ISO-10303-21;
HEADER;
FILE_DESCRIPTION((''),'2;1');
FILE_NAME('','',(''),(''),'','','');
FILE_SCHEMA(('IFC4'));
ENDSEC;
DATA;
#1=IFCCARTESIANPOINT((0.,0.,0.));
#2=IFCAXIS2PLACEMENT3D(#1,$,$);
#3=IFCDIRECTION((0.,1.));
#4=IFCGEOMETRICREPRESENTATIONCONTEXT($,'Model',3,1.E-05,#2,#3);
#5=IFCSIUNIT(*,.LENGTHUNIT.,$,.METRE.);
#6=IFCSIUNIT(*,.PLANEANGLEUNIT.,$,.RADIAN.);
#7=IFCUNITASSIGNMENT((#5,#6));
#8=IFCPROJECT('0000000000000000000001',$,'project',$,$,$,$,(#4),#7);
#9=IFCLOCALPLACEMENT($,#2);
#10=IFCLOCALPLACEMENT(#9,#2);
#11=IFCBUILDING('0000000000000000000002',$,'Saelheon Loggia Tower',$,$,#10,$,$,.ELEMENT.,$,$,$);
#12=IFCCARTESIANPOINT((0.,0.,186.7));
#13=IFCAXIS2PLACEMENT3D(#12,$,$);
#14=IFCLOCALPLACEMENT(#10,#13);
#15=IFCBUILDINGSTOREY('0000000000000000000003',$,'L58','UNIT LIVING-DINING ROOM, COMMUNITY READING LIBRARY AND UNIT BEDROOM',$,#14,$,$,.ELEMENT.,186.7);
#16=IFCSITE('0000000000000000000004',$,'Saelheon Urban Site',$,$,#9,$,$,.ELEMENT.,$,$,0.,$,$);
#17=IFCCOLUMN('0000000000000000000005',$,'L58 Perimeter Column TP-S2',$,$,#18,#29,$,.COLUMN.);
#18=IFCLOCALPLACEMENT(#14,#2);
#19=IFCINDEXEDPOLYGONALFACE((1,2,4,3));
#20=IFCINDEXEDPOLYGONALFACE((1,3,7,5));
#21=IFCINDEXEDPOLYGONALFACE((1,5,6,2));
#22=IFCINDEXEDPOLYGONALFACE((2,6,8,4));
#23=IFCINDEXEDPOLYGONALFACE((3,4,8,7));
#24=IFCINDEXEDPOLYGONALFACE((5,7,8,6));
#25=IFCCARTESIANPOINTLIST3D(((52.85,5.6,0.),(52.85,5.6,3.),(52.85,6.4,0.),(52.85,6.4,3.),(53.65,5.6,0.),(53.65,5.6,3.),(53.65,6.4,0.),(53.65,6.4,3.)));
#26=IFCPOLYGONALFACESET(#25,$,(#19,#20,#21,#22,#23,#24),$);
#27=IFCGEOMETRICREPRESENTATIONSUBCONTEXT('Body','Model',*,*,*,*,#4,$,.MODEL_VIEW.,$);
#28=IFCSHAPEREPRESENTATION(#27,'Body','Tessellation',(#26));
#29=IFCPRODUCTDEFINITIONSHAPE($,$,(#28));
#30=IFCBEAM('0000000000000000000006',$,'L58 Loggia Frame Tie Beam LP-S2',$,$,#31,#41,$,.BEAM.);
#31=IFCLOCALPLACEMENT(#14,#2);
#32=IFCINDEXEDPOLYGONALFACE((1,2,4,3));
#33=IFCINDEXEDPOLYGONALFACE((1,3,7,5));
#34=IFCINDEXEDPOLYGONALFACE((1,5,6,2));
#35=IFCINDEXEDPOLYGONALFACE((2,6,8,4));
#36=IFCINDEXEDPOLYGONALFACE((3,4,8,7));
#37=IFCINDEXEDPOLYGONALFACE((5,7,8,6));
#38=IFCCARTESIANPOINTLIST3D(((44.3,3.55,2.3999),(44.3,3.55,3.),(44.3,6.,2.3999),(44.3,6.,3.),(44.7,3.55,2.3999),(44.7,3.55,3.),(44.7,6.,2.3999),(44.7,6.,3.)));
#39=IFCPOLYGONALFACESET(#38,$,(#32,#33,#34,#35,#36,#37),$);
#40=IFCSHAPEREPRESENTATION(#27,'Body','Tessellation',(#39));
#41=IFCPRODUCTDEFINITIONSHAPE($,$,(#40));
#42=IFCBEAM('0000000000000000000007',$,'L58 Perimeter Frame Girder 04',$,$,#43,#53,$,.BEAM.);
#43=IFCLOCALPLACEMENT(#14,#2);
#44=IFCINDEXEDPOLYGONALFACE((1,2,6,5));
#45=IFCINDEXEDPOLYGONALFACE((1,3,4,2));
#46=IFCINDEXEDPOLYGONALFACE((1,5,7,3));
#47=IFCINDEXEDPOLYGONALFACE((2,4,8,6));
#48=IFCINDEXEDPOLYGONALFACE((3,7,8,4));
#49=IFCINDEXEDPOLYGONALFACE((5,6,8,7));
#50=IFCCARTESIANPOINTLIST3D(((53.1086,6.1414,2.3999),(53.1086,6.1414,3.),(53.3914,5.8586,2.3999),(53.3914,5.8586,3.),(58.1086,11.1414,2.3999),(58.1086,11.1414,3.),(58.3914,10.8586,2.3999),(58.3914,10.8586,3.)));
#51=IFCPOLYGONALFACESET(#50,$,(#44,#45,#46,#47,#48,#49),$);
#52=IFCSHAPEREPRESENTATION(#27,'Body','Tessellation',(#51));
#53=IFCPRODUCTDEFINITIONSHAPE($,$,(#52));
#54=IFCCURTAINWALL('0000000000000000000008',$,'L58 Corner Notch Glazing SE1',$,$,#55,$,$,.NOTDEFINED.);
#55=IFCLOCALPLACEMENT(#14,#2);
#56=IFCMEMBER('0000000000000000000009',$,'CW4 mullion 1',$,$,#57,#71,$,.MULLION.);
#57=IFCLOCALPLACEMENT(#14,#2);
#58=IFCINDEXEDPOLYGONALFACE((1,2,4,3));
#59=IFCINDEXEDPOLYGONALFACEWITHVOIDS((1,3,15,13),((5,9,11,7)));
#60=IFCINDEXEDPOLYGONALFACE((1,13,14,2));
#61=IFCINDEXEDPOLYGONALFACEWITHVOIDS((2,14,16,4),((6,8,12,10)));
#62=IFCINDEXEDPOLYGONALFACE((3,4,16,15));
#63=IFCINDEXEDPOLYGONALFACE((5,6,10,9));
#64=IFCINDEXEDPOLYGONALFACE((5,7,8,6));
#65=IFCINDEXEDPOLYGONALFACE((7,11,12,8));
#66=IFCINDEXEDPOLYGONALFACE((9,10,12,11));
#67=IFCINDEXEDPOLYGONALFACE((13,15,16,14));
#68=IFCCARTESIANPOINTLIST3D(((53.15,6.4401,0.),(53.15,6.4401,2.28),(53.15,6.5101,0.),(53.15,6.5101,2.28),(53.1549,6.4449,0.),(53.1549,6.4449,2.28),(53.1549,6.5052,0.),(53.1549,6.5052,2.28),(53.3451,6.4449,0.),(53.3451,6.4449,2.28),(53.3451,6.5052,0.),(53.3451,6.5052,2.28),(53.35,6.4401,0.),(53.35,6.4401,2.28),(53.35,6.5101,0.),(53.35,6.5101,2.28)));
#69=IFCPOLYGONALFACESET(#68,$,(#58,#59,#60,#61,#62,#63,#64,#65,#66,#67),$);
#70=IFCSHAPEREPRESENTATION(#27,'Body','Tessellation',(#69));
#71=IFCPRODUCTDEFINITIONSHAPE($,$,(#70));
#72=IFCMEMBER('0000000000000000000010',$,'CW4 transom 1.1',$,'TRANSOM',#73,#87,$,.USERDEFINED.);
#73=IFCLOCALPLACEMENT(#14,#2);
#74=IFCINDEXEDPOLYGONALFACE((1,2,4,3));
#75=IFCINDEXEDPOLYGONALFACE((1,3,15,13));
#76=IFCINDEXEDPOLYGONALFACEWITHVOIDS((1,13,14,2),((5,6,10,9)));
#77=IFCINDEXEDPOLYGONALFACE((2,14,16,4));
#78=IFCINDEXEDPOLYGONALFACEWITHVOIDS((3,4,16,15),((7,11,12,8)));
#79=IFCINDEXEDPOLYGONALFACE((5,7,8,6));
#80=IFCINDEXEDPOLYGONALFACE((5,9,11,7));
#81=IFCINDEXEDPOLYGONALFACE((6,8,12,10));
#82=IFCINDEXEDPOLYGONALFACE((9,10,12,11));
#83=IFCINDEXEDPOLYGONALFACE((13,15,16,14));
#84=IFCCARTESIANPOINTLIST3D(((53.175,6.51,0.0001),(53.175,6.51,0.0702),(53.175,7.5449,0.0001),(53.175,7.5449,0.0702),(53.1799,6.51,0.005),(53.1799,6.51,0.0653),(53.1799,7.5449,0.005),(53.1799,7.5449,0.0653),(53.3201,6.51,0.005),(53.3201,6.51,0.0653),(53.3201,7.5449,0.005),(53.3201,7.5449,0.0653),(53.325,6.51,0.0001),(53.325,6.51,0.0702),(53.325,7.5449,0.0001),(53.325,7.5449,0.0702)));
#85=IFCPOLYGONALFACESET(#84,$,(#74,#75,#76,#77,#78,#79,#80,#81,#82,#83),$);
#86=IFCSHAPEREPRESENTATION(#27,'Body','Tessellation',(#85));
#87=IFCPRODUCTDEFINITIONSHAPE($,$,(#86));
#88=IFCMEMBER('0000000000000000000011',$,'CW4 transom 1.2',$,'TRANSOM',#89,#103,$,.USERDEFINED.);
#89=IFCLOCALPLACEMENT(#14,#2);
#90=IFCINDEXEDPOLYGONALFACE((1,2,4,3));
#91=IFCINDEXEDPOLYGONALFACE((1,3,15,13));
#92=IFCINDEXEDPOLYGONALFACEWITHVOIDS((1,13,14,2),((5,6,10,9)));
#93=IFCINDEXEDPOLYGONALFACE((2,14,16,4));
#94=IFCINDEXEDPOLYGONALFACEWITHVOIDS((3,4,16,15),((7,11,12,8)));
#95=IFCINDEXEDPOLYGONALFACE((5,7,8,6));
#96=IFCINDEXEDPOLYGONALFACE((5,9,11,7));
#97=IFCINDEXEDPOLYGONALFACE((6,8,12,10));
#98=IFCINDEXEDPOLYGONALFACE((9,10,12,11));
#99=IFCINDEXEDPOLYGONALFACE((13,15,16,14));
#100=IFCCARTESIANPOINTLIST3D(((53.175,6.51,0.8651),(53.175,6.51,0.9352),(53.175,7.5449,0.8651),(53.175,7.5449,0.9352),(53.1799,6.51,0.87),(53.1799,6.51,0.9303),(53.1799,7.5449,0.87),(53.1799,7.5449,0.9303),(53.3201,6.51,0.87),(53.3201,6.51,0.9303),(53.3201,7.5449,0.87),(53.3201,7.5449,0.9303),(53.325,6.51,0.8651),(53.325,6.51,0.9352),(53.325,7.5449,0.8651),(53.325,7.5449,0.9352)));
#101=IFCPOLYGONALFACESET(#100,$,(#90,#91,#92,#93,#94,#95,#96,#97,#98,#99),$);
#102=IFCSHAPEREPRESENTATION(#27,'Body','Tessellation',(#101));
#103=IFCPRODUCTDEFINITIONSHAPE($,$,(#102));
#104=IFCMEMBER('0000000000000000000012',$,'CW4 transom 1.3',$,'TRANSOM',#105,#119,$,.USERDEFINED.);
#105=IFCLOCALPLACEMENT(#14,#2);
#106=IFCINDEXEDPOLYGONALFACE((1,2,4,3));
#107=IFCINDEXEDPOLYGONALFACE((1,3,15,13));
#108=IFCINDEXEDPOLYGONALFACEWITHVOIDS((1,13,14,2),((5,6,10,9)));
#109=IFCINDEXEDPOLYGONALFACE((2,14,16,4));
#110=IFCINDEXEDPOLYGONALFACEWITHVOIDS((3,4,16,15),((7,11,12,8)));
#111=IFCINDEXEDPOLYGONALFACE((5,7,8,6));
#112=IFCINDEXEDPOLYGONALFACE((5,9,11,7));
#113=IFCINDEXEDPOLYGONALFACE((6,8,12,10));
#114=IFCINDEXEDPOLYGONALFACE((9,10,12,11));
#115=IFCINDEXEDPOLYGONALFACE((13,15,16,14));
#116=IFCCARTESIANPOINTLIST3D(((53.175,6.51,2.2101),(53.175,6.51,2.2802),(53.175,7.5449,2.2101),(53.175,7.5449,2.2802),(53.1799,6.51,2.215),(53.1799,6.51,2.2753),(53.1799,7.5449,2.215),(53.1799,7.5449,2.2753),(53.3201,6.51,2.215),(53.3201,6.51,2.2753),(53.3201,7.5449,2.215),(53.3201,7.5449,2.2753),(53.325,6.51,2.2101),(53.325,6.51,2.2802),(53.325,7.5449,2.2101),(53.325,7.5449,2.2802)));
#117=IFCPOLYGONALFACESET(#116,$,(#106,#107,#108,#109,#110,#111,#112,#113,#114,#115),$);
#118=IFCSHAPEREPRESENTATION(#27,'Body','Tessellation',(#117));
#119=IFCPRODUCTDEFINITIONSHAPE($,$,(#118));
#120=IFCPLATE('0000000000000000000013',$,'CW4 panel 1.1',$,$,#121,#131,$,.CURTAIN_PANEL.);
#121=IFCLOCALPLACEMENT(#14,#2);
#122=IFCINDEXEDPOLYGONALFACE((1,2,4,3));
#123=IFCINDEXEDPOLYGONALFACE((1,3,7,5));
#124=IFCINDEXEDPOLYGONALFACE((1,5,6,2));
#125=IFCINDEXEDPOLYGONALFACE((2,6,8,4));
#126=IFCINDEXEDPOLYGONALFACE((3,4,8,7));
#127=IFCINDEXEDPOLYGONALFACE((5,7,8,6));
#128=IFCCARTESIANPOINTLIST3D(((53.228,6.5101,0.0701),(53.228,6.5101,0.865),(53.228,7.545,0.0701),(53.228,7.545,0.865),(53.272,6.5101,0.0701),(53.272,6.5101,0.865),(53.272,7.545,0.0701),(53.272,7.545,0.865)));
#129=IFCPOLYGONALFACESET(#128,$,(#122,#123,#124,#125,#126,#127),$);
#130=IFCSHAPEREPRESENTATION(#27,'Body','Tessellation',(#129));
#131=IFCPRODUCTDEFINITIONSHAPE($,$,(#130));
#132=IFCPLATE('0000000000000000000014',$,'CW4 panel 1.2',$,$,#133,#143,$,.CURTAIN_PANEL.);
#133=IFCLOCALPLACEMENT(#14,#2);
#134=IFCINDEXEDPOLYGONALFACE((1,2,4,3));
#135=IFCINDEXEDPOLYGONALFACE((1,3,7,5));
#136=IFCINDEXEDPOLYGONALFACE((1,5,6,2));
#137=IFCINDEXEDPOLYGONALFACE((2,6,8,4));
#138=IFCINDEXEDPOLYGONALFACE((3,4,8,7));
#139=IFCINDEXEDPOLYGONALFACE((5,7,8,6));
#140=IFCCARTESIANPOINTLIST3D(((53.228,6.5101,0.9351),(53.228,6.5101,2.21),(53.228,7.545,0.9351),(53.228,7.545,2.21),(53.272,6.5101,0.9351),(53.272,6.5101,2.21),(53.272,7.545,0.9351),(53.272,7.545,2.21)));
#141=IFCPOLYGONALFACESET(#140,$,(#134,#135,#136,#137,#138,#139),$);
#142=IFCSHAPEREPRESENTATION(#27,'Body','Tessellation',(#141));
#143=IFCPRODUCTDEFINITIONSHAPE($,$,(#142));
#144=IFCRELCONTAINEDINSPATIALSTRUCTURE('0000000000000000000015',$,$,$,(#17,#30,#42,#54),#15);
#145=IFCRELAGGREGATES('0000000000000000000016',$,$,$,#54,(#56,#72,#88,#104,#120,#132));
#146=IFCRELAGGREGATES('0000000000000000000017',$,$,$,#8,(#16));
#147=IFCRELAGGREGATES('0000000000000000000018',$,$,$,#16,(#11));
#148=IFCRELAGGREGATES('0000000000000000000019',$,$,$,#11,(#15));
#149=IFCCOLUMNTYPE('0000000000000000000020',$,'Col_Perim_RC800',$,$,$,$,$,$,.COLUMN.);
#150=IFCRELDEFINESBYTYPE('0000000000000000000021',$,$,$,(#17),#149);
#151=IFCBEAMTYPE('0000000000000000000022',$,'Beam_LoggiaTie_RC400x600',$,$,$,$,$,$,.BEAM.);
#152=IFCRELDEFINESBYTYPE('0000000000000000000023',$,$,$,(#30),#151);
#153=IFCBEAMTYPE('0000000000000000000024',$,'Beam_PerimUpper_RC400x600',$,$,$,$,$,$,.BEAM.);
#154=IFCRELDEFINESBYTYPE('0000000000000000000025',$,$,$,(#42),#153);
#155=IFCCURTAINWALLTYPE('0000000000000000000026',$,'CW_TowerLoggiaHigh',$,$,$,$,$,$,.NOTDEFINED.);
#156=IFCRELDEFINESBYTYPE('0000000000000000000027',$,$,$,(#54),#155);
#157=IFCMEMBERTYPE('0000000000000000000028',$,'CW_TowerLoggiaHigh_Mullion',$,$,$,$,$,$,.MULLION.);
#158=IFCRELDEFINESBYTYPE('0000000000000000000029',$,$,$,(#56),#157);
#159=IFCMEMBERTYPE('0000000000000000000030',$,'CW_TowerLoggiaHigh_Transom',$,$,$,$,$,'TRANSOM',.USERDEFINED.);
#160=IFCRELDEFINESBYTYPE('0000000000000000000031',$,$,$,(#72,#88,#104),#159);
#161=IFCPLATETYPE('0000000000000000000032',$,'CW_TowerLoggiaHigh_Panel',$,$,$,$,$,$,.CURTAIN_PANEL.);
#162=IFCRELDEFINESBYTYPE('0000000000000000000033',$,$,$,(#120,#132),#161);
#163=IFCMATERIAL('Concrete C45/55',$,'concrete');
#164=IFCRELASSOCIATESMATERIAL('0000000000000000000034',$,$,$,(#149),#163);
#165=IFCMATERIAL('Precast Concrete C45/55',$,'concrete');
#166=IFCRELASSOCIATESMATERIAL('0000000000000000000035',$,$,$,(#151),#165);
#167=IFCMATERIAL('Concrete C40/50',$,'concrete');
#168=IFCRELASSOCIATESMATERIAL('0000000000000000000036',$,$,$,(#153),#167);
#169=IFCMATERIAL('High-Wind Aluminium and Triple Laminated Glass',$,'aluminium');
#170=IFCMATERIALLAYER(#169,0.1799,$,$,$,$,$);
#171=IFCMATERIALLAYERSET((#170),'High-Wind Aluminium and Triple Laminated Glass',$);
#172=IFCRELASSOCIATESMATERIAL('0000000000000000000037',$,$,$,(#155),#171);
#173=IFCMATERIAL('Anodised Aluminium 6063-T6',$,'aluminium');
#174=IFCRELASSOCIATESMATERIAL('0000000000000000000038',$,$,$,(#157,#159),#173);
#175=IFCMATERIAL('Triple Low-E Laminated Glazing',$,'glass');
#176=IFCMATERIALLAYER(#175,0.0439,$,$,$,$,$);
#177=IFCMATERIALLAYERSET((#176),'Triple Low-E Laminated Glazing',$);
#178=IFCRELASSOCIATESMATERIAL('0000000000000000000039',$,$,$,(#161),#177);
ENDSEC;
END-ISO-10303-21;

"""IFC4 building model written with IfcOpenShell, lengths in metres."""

from ifc_helpers import new_model, si_unit, direction, frame, origin, origin_2d, place, context, subcontext, project, spatial, rectangle, hollow_rectangle, extrude, source, transform, mapped, material, layer, layer_set, material_profile, profile_set, type_object, element, aggregate, save


model = new_model("IFC4")

# Units and contexts
model_context = context("Model", 3, precision=1e-05, world=origin(), true_north=direction((0.0, 1.0)))
body_context = subcontext(model_context, "Body", "Model", "MODEL_VIEW")
ifc_project = project(units=[si_unit("LENGTHUNIT", "METRE"), si_unit("PLANEANGLEUNIT", "RADIAN")], contexts=[model_context])

# Site, building, storey
site_placement = place(None, origin())
site = spatial("IfcSite", under=ifc_project, at=site_placement, Name="Saelheon Urban Site", CompositionType="ELEMENT", RefElevation=0.0)
building_placement = place(site_placement, origin())
building = spatial("IfcBuilding", under=site, at=building_placement, Name="Saelheon Loggia Tower", CompositionType="ELEMENT")
storey_placement = place(building_placement, frame((0.0, 0.0, 186.7)))
storey = spatial("IfcBuildingStorey", under=building, at=storey_placement, Name="L58", Description="UNIT LIVING-DINING ROOM, COMMUNITY READING LIBRARY AND UNIT BEDROOM", CompositionType="ELEMENT", Elevation=186.7)

# Column
ifc_material_1 = material(Name="Concrete C45/55", Category="concrete")
ifc_material_profile_1 = material_profile(ifc_material_1, rectangle(XDim=0.8, YDim=0.8, at=origin_2d()), Name="RC-800x800")
ifc_profile_set_1 = profile_set([ifc_material_profile_1], Name="Concrete C45/55")
column_type = type_object("IfcColumnType", Name="Col_Perim_RC800", PredefinedType="COLUMN", material=ifc_profile_set_1)
shared_shape_1 = source(origin(), body_context, "Body", "SweptSolid", [
    extrude(rectangle(XDim=0.8, YDim=0.8, at=origin_2d()), origin(), (0.0, 0.0, 1.0), 3.0),
])
column_placement = place(storey_placement, frame((53.25, 6.0, 0.0), z_axis=(0.0, 0.0, 1.0), x_axis=(1.0, 0.0, 0.0)))
element("IfcColumn", 1, at=column_placement, inside=storey, type_object=column_type, Name="L58 Perimeter Column TP-S2", PredefinedType="COLUMN", context=body_context, shape_type="MappedRepresentation", body=[
    mapped(shared_shape_1, transform((0.0, 0.0, 0.0), scale=1.0)),
])

# Beams
ifc_material_2 = material(Name="Precast Concrete C45/55", Category="concrete")
ifc_material_profile_2 = material_profile(ifc_material_2, rectangle(XDim=0.3999, YDim=0.6001, at=origin_2d()), Name="RC-400x600")
ifc_profile_set_2 = profile_set([ifc_material_profile_2], Name="Precast Concrete C45/55")
beam_type_1 = type_object("IfcBeamType", Name="Beam_LoggiaTie_RC400x600", PredefinedType="BEAM", material=ifc_profile_set_2)
shared_shape_2 = source(origin(), body_context, "Body", "SweptSolid", [
    extrude(rectangle(XDim=0.3999, YDim=0.6001, at=origin_2d()), origin(), (0.0, 0.0, 1.0), 2.45),
])
beam_1_placement = place(storey_placement, frame((44.5, 6.0, 2.7), z_axis=(0.0, -1.0, 0.0), x_axis=(1.0, 0.0, 0.0)))
element("IfcBeam", 2, at=beam_1_placement, inside=storey, type_object=beam_type_1, Name="L58 Loggia Frame Tie Beam LP-S2", PredefinedType="BEAM", context=body_context, shape_type="MappedRepresentation", body=[
    mapped(shared_shape_2, transform((0.0, 0.0, 0.0), scale=1.0)),
])
ifc_material_3 = material(Name="Concrete C40/50", Category="concrete")
ifc_material_profile_3 = material_profile(ifc_material_3, rectangle(XDim=0.3999, YDim=0.6001, at=origin_2d()), Name="RC-400x600")
ifc_profile_set_3 = profile_set([ifc_material_profile_3], Name="Concrete C40/50")
beam_type_2 = type_object("IfcBeamType", Name="Beam_PerimUpper_RC400x600", PredefinedType="BEAM", material=ifc_profile_set_3)
shared_shape_3 = source(origin(), body_context, "Body", "SweptSolid", [
    extrude(rectangle(XDim=0.3999, YDim=0.6001, at=origin_2d()), origin(), (0.0, 0.0, 1.0), 7.071),
])
beam_2_placement = place(storey_placement, frame((53.25, 6.0, 2.7), z_axis=(0.707107, 0.707107, 0.0), x_axis=(-0.707107, 0.707107, 0.0)))
element("IfcBeam", 3, at=beam_2_placement, inside=storey, type_object=beam_type_2, Name="L58 Perimeter Frame Girder 04", PredefinedType="BEAM", context=body_context, shape_type="MappedRepresentation", body=[
    mapped(shared_shape_3, transform((0.0, 0.0, 0.0), scale=1.0)),
])

# Curtain wall, members, plates
ifc_material_4 = material(Name="High-Wind Aluminium and Triple Laminated Glass", Category="aluminium")
ifc_layer_1 = layer(ifc_material_4, 0.1799)
ifc_layer_set_1 = layer_set([ifc_layer_1], Name="High-Wind Aluminium and Triple Laminated Glass")
curtain_wall_type = type_object("IfcCurtainWallType", Name="CW_TowerLoggiaHigh", PredefinedType="NOTDEFINED", material=ifc_layer_set_1)
curtain_wall_placement = place(storey_placement, origin())
curtain_wall = element("IfcCurtainWall", 4, at=curtain_wall_placement, inside=storey, type_object=curtain_wall_type, Name="L58 Corner Notch Glazing SE1", PredefinedType="NOTDEFINED")
ifc_material_5 = material(Name="Anodised Aluminium 6063-T6", Category="aluminium")
ifc_material_profile_4 = material_profile(ifc_material_5, hollow_rectangle(XDim=0.0701, YDim=0.2, WallThickness=0.0049, at=origin_2d()), Name="RHS-200x70x5")
ifc_profile_set_4 = profile_set([ifc_material_profile_4], Name="Anodised Aluminium 6063-T6")
member_type_1 = type_object("IfcMemberType", Name="CW_TowerLoggiaHigh_Mullion", PredefinedType="MULLION", material=ifc_profile_set_4)
shared_shape_4 = source(origin(), body_context, "Body", "SweptSolid", [
    extrude(hollow_rectangle(XDim=0.0701, YDim=0.2, WallThickness=0.0049, at=origin_2d()), origin(), (0.0, 0.0, 1.0), 2.28),
])
member_1_placement = place(storey_placement, frame((53.25, 6.4751, 0.0), z_axis=(0.0, 0.0, 1.0), x_axis=(0.0, 1.0, 0.0)))
member_1 = element("IfcMember", 5, at=member_1_placement, type_object=member_type_1, Name="CW4 mullion 1", PredefinedType="MULLION", context=body_context, shape_type="MappedRepresentation", body=[
    mapped(shared_shape_4, transform((0.0, 0.0, 0.0), scale=1.0)),
])
ifc_material_profile_5 = material_profile(ifc_material_5, hollow_rectangle(XDim=0.0701, YDim=0.1499, WallThickness=0.0049, at=origin_2d()), Name="RHS-150x70x5")
ifc_profile_set_5 = profile_set([ifc_material_profile_5], Name="Anodised Aluminium 6063-T6")
member_type_2 = type_object("IfcMemberType", Name="CW_TowerLoggiaHigh_Transom", ElementType="TRANSOM", PredefinedType="USERDEFINED", material=ifc_profile_set_5)
shared_shape_5 = source(origin(), body_context, "Body", "SweptSolid", [
    extrude(hollow_rectangle(XDim=0.0701, YDim=0.1499, WallThickness=0.0049, at=origin_2d()), origin(), (0.0, 0.0, 1.0), 1.0349),
])
member_2_placement = place(storey_placement, frame((53.25, 6.51, 0.0352), z_axis=(0.0, 1.0, 0.0), x_axis=(0.0, 0.0, 1.0)))
member_2 = element("IfcMember", 6, at=member_2_placement, type_object=member_type_2, Name="CW4 transom 1.1", ObjectType="TRANSOM", PredefinedType="USERDEFINED", context=body_context, shape_type="MappedRepresentation", body=[
    mapped(shared_shape_5, transform((0.0, 0.0, 0.0), scale=1.0)),
])
member_3_placement = place(storey_placement, frame((53.25, 6.51, 0.9001), z_axis=(0.0, 1.0, 0.0), x_axis=(0.0, 0.0, 1.0)))
member_3 = element("IfcMember", 7, at=member_3_placement, type_object=member_type_2, Name="CW4 transom 1.2", ObjectType="TRANSOM", PredefinedType="USERDEFINED", context=body_context, shape_type="MappedRepresentation", body=[
    mapped(shared_shape_5, transform((0.0, 0.0, 0.0), scale=1.0)),
])
member_4_placement = place(storey_placement, frame((53.25, 6.51, 2.2451), z_axis=(0.0, 1.0, 0.0), x_axis=(0.0, 0.0, 1.0)))
member_4 = element("IfcMember", 8, at=member_4_placement, type_object=member_type_2, Name="CW4 transom 1.3", ObjectType="TRANSOM", PredefinedType="USERDEFINED", context=body_context, shape_type="MappedRepresentation", body=[
    mapped(shared_shape_5, transform((0.0, 0.0, 0.0), scale=1.0)),
])
ifc_material_6 = material(Name="Triple Low-E Laminated Glazing", Category="glass")
ifc_layer_2 = layer(ifc_material_6, 0.0439)
ifc_layer_set_2 = layer_set([ifc_layer_2], Name="Triple Low-E Laminated Glazing")
plate_type = type_object("IfcPlateType", Name="CW_TowerLoggiaHigh_Panel", PredefinedType="CURTAIN_PANEL", material=ifc_layer_set_2)
shared_shape_6 = source(origin(), body_context, "Body", "SweptSolid", [
    extrude(rectangle(XDim=1.0349, YDim=0.0439, at=origin_2d()), origin(), (0.0, 0.0, 1.0), 0.7949),
])
plate_1_placement = place(storey_placement, frame((53.25, 7.0276, 0.0701), z_axis=(0.0, 0.0, 1.0), x_axis=(0.0, 1.0, 0.0)))
plate_1 = element("IfcPlate", 9, at=plate_1_placement, type_object=plate_type, Name="CW4 panel 1.1", PredefinedType="CURTAIN_PANEL", context=body_context, shape_type="MappedRepresentation", body=[
    mapped(shared_shape_6, transform((0.0, 0.0, 0.0), scale=1.0)),
])
shared_shape_7 = source(origin(), body_context, "Body", "SweptSolid", [
    extrude(rectangle(XDim=1.0349, YDim=0.0439, at=origin_2d()), origin(), (0.0, 0.0, 1.0), 1.2749),
])
plate_2_placement = place(storey_placement, frame((53.25, 7.0276, 0.9351), z_axis=(0.0, 0.0, 1.0), x_axis=(0.0, 1.0, 0.0)))
plate_2 = element("IfcPlate", 10, at=plate_2_placement, type_object=plate_type, Name="CW4 panel 1.2", PredefinedType="CURTAIN_PANEL", context=body_context, shape_type="MappedRepresentation", body=[
    mapped(shared_shape_7, transform((0.0, 0.0, 0.0), scale=1.0)),
])
aggregate(curtain_wall, [member_1, member_2, member_3, member_4, plate_1, plate_2])

save(model, "model.ifc")
